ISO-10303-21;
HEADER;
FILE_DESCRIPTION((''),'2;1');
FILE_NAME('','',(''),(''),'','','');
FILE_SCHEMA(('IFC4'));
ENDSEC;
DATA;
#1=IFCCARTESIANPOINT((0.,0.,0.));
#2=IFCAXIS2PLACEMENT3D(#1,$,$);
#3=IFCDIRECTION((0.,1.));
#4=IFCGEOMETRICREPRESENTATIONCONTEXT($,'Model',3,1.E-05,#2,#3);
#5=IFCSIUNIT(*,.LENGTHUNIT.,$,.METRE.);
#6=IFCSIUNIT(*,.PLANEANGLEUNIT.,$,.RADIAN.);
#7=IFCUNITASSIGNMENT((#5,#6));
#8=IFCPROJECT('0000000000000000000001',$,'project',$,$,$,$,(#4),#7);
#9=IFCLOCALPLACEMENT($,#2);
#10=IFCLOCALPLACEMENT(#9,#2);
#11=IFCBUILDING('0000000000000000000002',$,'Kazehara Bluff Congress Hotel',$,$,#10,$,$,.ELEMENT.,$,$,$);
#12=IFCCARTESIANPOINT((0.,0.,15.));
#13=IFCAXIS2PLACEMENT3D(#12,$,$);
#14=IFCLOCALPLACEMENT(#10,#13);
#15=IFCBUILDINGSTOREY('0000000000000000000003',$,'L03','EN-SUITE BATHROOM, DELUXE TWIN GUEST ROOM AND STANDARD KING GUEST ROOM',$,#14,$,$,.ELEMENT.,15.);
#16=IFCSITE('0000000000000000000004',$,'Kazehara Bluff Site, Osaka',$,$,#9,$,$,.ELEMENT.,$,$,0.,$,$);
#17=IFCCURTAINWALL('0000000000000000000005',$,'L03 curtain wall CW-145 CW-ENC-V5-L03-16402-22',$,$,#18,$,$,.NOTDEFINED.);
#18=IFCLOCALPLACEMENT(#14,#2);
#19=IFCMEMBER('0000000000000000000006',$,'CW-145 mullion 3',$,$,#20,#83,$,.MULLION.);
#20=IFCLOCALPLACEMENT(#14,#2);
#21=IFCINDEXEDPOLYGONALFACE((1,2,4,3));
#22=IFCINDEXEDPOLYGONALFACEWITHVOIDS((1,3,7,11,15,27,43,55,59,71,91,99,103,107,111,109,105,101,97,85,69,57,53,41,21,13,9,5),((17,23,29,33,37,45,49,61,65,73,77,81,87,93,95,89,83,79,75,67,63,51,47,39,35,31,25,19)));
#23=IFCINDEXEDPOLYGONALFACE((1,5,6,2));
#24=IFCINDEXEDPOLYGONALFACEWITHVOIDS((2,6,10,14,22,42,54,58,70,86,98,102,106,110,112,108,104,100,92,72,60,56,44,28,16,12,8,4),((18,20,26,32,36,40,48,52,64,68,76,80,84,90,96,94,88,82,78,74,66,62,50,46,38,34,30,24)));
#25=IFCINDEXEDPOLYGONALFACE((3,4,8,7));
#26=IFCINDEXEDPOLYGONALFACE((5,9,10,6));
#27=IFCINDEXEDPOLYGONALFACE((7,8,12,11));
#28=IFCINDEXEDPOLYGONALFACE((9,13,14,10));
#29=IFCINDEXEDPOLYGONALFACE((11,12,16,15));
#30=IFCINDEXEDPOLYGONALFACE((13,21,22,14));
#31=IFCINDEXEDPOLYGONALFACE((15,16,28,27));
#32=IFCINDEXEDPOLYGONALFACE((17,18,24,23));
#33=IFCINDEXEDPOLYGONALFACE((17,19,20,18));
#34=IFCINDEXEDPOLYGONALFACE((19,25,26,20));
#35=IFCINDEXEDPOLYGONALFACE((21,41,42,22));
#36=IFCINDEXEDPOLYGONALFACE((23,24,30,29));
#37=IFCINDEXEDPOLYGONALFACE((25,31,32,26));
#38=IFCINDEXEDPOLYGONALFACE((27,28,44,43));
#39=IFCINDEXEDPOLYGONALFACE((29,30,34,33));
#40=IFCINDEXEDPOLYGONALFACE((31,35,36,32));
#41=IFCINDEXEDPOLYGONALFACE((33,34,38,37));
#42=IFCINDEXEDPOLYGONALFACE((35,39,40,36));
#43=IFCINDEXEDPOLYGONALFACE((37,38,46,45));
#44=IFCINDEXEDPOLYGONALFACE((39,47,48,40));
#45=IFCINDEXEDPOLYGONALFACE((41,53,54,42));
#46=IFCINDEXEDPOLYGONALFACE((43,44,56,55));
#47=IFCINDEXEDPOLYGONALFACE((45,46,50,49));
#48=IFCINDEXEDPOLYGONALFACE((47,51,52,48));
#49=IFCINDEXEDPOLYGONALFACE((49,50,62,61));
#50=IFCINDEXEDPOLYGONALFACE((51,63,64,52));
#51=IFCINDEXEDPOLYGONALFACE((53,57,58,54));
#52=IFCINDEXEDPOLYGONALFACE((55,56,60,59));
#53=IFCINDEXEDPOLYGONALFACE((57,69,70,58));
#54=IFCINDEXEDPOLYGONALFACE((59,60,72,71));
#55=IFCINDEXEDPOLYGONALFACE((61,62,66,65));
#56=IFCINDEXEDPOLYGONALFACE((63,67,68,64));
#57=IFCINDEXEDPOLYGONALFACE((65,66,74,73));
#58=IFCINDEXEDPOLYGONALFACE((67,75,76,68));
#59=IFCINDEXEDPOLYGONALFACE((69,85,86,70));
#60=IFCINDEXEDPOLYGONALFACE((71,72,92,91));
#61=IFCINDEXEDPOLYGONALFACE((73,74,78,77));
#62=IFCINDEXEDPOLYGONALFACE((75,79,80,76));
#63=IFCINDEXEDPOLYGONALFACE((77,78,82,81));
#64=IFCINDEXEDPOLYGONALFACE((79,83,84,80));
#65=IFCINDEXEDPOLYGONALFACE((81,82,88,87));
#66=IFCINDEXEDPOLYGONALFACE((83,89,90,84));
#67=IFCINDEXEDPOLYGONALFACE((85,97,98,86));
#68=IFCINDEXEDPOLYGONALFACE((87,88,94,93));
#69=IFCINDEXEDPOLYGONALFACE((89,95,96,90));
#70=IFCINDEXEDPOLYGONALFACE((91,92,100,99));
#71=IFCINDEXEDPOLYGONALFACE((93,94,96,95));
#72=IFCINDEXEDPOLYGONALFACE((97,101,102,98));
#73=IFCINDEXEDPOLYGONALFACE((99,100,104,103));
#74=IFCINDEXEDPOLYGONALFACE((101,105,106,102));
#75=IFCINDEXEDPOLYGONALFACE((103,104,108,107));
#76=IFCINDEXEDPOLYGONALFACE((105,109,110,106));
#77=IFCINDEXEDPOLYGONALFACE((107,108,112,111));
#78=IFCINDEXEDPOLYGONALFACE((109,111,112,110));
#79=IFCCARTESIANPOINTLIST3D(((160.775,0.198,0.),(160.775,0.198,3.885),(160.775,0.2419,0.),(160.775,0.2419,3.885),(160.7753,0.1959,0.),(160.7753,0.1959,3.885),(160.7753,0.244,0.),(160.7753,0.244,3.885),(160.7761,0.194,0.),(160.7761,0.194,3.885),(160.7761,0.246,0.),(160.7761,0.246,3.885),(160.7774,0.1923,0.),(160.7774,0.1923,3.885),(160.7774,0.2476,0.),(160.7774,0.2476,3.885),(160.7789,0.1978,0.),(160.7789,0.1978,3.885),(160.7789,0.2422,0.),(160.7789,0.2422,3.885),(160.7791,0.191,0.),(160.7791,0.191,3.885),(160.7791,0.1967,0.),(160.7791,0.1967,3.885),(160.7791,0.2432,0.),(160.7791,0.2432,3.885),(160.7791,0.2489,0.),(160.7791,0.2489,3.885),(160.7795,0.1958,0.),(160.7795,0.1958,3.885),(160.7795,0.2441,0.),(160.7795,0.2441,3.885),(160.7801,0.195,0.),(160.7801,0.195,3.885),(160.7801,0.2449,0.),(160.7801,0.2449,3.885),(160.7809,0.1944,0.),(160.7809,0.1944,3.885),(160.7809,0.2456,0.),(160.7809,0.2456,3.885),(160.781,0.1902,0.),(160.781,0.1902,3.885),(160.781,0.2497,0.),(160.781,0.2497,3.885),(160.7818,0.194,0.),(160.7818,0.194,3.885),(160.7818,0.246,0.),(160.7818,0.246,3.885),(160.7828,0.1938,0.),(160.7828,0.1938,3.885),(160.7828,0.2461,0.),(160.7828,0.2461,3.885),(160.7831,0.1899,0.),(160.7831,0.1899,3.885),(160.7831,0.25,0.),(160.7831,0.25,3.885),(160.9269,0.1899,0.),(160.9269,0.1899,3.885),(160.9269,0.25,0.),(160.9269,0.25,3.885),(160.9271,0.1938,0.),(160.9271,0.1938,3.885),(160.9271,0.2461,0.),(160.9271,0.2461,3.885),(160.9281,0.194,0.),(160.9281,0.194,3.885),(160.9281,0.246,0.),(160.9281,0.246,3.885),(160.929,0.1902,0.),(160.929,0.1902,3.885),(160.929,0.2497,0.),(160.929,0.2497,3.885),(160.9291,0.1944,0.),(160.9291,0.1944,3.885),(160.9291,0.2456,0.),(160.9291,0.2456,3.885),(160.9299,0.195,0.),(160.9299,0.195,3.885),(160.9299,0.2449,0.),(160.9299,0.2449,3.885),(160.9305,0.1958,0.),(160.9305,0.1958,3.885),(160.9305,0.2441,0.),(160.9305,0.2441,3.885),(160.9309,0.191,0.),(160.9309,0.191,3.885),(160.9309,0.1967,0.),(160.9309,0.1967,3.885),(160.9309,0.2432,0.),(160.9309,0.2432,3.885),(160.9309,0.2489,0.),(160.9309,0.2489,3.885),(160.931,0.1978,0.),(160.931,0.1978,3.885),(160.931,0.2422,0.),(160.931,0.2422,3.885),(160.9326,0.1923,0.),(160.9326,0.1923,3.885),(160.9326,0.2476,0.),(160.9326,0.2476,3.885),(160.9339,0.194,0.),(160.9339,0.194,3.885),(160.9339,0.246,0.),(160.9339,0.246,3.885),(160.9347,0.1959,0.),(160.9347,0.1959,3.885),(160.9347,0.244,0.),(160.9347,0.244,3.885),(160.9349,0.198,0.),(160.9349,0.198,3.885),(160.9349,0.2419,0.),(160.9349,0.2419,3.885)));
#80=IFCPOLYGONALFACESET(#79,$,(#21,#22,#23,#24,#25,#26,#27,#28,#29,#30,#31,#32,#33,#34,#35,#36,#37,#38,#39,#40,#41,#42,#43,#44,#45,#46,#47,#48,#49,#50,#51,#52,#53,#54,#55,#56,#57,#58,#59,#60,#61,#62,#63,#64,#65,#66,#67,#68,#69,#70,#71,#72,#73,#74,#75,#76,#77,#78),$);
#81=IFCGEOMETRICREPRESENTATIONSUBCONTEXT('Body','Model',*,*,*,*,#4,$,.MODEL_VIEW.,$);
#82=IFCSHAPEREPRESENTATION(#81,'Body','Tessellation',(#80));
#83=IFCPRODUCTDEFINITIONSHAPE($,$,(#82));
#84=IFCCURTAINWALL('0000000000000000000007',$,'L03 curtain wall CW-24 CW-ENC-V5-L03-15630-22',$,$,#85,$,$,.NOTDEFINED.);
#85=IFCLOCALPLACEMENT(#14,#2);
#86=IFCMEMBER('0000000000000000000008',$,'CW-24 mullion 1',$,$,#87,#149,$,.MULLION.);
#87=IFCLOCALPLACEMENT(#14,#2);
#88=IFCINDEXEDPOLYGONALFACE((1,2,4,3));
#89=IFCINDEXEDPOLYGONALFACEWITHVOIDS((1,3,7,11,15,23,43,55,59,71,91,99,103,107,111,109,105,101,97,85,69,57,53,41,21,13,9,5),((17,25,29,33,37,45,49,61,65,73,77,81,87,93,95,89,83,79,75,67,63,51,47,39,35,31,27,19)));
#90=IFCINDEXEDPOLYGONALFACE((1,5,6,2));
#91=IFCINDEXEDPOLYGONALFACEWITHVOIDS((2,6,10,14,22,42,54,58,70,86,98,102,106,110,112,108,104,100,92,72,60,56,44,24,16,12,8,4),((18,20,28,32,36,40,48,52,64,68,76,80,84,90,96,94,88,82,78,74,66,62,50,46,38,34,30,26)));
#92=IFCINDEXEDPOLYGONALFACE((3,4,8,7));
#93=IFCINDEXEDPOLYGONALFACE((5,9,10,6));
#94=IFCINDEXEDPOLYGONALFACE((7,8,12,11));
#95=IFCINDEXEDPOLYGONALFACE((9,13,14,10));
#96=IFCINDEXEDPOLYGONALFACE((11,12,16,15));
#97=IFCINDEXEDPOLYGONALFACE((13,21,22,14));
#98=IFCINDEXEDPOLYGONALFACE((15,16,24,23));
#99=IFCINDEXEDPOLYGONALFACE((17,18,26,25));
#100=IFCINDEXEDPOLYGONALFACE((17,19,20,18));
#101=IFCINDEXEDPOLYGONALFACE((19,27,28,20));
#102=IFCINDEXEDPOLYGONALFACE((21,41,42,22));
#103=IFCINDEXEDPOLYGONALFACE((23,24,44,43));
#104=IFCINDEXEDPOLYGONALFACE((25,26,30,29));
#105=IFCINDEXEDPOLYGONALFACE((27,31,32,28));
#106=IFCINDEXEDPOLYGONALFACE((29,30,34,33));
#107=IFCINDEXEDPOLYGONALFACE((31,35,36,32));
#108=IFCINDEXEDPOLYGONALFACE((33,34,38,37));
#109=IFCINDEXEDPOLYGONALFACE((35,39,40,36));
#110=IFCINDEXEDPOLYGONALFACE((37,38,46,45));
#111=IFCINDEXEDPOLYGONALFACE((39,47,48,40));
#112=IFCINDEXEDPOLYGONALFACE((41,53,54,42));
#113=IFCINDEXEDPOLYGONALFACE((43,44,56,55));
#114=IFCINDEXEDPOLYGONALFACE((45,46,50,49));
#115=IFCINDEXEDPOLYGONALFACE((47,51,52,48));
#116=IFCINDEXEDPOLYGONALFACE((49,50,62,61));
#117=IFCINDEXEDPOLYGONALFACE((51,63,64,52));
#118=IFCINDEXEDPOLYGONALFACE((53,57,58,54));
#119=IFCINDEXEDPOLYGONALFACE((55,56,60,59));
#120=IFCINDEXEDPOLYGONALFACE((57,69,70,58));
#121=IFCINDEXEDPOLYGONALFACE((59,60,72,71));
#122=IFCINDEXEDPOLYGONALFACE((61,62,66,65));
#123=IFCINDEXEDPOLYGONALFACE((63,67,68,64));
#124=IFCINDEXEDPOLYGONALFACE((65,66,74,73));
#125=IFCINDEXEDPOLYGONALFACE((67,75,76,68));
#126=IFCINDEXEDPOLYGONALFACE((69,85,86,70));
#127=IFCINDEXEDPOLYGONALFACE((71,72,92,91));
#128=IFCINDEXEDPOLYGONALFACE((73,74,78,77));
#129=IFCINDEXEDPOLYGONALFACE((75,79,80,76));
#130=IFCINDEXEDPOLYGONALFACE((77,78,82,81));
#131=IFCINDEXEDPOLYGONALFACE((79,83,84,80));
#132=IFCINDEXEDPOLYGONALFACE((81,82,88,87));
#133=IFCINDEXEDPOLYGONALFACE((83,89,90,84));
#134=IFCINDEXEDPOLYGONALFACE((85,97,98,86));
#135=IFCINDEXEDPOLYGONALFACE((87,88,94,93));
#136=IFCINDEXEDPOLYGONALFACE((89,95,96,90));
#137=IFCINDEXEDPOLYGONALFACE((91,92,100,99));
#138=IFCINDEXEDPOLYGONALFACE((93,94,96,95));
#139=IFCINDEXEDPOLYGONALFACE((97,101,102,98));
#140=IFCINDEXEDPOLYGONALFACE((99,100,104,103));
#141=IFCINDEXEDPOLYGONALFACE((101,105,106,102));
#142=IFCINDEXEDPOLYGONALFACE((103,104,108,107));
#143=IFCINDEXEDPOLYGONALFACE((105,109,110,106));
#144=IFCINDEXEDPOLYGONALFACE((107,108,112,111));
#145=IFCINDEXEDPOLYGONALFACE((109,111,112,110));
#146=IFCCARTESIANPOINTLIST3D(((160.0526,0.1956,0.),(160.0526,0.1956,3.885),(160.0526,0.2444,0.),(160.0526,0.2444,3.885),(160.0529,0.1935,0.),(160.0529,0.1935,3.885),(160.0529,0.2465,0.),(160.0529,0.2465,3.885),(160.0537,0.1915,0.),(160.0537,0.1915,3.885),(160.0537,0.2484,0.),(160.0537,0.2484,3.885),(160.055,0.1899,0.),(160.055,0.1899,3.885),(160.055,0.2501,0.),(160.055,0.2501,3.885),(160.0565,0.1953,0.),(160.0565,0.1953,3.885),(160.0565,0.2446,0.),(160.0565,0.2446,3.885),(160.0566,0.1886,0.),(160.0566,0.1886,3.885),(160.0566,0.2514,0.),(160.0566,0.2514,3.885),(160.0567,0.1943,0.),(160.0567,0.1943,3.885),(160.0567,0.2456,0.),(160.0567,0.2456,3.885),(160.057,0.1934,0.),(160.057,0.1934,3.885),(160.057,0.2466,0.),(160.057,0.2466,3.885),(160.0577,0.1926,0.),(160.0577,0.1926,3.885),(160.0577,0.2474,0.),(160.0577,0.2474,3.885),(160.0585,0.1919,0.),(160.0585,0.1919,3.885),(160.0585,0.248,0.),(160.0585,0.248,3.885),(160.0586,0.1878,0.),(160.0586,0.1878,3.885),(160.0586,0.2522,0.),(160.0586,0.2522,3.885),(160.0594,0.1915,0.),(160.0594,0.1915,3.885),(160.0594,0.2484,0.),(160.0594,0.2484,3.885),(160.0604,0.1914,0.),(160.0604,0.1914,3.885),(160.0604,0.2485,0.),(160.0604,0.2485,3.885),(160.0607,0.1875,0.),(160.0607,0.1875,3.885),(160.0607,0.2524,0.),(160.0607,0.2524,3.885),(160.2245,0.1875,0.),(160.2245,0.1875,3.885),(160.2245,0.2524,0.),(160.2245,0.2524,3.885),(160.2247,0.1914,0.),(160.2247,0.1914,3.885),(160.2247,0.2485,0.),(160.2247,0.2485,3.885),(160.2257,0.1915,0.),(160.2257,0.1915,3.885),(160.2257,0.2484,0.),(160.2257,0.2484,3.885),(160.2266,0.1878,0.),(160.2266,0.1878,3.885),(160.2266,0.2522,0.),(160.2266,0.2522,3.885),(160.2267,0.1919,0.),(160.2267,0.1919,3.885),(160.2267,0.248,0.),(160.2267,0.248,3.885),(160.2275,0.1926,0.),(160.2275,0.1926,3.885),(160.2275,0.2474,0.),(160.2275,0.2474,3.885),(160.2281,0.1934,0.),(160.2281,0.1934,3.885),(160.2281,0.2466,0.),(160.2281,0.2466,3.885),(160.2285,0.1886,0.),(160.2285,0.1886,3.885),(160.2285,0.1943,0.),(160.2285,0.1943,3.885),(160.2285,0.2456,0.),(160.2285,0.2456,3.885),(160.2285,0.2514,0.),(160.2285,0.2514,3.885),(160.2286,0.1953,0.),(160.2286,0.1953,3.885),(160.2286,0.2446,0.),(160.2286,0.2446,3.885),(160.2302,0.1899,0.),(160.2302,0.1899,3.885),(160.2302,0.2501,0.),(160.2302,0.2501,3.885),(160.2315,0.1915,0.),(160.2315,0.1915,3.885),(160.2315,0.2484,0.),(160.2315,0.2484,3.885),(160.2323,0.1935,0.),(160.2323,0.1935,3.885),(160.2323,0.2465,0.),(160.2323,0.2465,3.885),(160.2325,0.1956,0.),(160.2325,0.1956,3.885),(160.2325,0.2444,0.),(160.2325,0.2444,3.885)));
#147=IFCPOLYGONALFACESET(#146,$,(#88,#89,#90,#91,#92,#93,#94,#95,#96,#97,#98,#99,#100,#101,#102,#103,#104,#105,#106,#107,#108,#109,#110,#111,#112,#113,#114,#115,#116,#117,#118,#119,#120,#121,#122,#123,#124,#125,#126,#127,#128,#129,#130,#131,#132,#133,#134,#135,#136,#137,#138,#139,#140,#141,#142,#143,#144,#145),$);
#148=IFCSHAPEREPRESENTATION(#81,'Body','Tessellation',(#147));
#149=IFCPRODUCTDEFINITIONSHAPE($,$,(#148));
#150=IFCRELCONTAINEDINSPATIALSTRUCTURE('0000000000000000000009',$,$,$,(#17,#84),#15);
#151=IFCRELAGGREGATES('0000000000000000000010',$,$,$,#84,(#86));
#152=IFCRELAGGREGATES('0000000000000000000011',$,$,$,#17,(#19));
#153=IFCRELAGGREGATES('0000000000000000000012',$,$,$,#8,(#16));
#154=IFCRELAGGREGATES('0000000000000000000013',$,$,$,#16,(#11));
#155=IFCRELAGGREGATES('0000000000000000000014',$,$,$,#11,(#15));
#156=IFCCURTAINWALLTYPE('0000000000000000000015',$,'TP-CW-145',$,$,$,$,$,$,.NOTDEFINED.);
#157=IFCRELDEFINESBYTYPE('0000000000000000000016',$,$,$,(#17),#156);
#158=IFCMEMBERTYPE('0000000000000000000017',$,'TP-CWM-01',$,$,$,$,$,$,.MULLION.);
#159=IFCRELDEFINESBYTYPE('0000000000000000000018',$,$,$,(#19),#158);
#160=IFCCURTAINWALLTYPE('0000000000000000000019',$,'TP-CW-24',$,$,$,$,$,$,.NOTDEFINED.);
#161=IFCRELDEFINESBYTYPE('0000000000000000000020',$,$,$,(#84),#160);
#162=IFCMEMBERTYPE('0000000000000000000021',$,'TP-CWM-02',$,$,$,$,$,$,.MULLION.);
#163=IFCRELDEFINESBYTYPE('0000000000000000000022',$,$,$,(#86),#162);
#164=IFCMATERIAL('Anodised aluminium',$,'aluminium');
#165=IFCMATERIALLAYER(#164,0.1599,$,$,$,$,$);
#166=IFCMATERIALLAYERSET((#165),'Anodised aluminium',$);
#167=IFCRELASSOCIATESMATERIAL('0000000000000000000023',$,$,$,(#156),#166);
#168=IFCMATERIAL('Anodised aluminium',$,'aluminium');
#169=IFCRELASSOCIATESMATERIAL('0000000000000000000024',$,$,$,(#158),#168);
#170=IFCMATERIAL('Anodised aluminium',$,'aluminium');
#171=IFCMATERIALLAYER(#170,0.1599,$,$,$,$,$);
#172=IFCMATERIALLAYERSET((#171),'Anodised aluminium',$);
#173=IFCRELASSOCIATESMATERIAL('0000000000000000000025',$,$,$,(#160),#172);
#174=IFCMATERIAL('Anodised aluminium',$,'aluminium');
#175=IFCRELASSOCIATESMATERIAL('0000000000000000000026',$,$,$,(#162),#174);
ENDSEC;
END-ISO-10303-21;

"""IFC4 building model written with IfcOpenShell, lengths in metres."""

from ifc_helpers import new_model, si_unit, direction, frame, origin, origin_2d, place, context, subcontext, project, spatial, hollow_rectangle, extrude, material, layer, layer_set, material_profile, profile_set, type_object, element, aggregate, save


model = new_model("IFC4")

# Units and contexts
model_context = context("Model", 3, precision=1e-05, world=origin(), true_north=direction((0.0, 1.0)))
body_context = subcontext(model_context, "Body", "Model", "MODEL_VIEW")
ifc_project = project(units=[si_unit("LENGTHUNIT", "METRE"), si_unit("PLANEANGLEUNIT", "RADIAN")], contexts=[model_context])

# Site, building, storey
site_placement = place(None, origin())
site = spatial("IfcSite", under=ifc_project, at=site_placement, Name="Kazehara Bluff Site, Osaka", CompositionType="ELEMENT", RefElevation=0.0)
building_placement = place(site_placement, origin())
building = spatial("IfcBuilding", under=site, at=building_placement, Name="Kazehara Bluff Congress Hotel", CompositionType="ELEMENT")
storey_placement = place(building_placement, frame((0.0, 0.0, 15.0)))
storey = spatial("IfcBuildingStorey", under=building, at=storey_placement, Name="L03", Description="EN-SUITE BATHROOM, DELUXE TWIN GUEST ROOM AND STANDARD KING GUEST ROOM", CompositionType="ELEMENT", Elevation=15.0)

# Curtain walls, members
ifc_material_1 = material(Name="Anodised aluminium", Category="aluminium")
ifc_layer_1 = layer(ifc_material_1, 0.1599)
ifc_layer_set_1 = layer_set([ifc_layer_1], Name="Anodised aluminium")
curtain_wall_type_1 = type_object("IfcCurtainWallType", Name="TP-CW-145", PredefinedType="NOTDEFINED", material=ifc_layer_set_1)
curtain_wall_1_placement = place(storey_placement, origin())
curtain_wall_1 = element("IfcCurtainWall", 1, at=curtain_wall_1_placement, inside=storey, type_object=curtain_wall_type_1, Name="L03 curtain wall CW-145 CW-ENC-V5-L03-16402-22", PredefinedType="NOTDEFINED")
ifc_material_2 = material(Name="Anodised aluminium", Category="aluminium")
ifc_material_profile_1 = material_profile(ifc_material_2, hollow_rectangle(XDim=0.0601, YDim=0.1599, WallThickness=0.0039, InnerFilletRadius=0.0039, OuterFilletRadius=0.0081, at=origin_2d()))
ifc_profile_set_1 = profile_set([ifc_material_profile_1], Name="Anodised aluminium")
member_type_1 = type_object("IfcMemberType", Name="TP-CWM-01", PredefinedType="MULLION", material=ifc_profile_set_1)
member_1_placement = place(storey_placement, frame((160.855, 0.22, 0.0), z_axis=(0.0, 0.0, 1.0), x_axis=(0.0, -1.0, 0.0)))
member_1 = element("IfcMember", 2, at=member_1_placement, type_object=member_type_1, Name="CW-145 mullion 3", PredefinedType="MULLION", context=body_context, shape_type="SweptSolid", body=[
    extrude(hollow_rectangle(XDim=0.0601, YDim=0.1599, WallThickness=0.0039, InnerFilletRadius=0.0039, OuterFilletRadius=0.0081, at=origin_2d()), origin(), (0.0, 0.0, 1.0), 3.885),
])
ifc_material_3 = material(Name="Anodised aluminium", Category="aluminium")
ifc_layer_2 = layer(ifc_material_3, 0.1599)
ifc_layer_set_2 = layer_set([ifc_layer_2], Name="Anodised aluminium")
curtain_wall_type_2 = type_object("IfcCurtainWallType", Name="TP-CW-24", PredefinedType="NOTDEFINED", material=ifc_layer_set_2)
curtain_wall_2_placement = place(storey_placement, origin())
curtain_wall_2 = element("IfcCurtainWall", 3, at=curtain_wall_2_placement, inside=storey, type_object=curtain_wall_type_2, Name="L03 curtain wall CW-24 CW-ENC-V5-L03-15630-22", PredefinedType="NOTDEFINED")
ifc_material_4 = material(Name="Anodised aluminium", Category="aluminium")
ifc_material_profile_2 = material_profile(ifc_material_4, hollow_rectangle(XDim=0.0649, YDim=0.1799, WallThickness=0.0039, InnerFilletRadius=0.0039, OuterFilletRadius=0.0081, at=origin_2d()))
ifc_profile_set_2 = profile_set([ifc_material_profile_2], Name="Anodised aluminium")
member_type_2 = type_object("IfcMemberType", Name="TP-CWM-02", PredefinedType="MULLION", material=ifc_profile_set_2)
member_2_placement = place(storey_placement, frame((160.1426, 0.22, 0.0), z_axis=(0.0, 0.0, 1.0), x_axis=(0.0, -1.0, 0.0)))
member_2 = element("IfcMember", 4, at=member_2_placement, type_object=member_type_2, Name="CW-24 mullion 1", PredefinedType="MULLION", context=body_context, shape_type="SweptSolid", body=[
    extrude(hollow_rectangle(XDim=0.0649, YDim=0.1799, WallThickness=0.0039, InnerFilletRadius=0.0039, OuterFilletRadius=0.0081, at=origin_2d()), origin(), (0.0, 0.0, 1.0), 3.885),
])

aggregate(curtain_wall_2, [member_2])
aggregate(curtain_wall_1, [member_1])

save(model, "model.ifc")
